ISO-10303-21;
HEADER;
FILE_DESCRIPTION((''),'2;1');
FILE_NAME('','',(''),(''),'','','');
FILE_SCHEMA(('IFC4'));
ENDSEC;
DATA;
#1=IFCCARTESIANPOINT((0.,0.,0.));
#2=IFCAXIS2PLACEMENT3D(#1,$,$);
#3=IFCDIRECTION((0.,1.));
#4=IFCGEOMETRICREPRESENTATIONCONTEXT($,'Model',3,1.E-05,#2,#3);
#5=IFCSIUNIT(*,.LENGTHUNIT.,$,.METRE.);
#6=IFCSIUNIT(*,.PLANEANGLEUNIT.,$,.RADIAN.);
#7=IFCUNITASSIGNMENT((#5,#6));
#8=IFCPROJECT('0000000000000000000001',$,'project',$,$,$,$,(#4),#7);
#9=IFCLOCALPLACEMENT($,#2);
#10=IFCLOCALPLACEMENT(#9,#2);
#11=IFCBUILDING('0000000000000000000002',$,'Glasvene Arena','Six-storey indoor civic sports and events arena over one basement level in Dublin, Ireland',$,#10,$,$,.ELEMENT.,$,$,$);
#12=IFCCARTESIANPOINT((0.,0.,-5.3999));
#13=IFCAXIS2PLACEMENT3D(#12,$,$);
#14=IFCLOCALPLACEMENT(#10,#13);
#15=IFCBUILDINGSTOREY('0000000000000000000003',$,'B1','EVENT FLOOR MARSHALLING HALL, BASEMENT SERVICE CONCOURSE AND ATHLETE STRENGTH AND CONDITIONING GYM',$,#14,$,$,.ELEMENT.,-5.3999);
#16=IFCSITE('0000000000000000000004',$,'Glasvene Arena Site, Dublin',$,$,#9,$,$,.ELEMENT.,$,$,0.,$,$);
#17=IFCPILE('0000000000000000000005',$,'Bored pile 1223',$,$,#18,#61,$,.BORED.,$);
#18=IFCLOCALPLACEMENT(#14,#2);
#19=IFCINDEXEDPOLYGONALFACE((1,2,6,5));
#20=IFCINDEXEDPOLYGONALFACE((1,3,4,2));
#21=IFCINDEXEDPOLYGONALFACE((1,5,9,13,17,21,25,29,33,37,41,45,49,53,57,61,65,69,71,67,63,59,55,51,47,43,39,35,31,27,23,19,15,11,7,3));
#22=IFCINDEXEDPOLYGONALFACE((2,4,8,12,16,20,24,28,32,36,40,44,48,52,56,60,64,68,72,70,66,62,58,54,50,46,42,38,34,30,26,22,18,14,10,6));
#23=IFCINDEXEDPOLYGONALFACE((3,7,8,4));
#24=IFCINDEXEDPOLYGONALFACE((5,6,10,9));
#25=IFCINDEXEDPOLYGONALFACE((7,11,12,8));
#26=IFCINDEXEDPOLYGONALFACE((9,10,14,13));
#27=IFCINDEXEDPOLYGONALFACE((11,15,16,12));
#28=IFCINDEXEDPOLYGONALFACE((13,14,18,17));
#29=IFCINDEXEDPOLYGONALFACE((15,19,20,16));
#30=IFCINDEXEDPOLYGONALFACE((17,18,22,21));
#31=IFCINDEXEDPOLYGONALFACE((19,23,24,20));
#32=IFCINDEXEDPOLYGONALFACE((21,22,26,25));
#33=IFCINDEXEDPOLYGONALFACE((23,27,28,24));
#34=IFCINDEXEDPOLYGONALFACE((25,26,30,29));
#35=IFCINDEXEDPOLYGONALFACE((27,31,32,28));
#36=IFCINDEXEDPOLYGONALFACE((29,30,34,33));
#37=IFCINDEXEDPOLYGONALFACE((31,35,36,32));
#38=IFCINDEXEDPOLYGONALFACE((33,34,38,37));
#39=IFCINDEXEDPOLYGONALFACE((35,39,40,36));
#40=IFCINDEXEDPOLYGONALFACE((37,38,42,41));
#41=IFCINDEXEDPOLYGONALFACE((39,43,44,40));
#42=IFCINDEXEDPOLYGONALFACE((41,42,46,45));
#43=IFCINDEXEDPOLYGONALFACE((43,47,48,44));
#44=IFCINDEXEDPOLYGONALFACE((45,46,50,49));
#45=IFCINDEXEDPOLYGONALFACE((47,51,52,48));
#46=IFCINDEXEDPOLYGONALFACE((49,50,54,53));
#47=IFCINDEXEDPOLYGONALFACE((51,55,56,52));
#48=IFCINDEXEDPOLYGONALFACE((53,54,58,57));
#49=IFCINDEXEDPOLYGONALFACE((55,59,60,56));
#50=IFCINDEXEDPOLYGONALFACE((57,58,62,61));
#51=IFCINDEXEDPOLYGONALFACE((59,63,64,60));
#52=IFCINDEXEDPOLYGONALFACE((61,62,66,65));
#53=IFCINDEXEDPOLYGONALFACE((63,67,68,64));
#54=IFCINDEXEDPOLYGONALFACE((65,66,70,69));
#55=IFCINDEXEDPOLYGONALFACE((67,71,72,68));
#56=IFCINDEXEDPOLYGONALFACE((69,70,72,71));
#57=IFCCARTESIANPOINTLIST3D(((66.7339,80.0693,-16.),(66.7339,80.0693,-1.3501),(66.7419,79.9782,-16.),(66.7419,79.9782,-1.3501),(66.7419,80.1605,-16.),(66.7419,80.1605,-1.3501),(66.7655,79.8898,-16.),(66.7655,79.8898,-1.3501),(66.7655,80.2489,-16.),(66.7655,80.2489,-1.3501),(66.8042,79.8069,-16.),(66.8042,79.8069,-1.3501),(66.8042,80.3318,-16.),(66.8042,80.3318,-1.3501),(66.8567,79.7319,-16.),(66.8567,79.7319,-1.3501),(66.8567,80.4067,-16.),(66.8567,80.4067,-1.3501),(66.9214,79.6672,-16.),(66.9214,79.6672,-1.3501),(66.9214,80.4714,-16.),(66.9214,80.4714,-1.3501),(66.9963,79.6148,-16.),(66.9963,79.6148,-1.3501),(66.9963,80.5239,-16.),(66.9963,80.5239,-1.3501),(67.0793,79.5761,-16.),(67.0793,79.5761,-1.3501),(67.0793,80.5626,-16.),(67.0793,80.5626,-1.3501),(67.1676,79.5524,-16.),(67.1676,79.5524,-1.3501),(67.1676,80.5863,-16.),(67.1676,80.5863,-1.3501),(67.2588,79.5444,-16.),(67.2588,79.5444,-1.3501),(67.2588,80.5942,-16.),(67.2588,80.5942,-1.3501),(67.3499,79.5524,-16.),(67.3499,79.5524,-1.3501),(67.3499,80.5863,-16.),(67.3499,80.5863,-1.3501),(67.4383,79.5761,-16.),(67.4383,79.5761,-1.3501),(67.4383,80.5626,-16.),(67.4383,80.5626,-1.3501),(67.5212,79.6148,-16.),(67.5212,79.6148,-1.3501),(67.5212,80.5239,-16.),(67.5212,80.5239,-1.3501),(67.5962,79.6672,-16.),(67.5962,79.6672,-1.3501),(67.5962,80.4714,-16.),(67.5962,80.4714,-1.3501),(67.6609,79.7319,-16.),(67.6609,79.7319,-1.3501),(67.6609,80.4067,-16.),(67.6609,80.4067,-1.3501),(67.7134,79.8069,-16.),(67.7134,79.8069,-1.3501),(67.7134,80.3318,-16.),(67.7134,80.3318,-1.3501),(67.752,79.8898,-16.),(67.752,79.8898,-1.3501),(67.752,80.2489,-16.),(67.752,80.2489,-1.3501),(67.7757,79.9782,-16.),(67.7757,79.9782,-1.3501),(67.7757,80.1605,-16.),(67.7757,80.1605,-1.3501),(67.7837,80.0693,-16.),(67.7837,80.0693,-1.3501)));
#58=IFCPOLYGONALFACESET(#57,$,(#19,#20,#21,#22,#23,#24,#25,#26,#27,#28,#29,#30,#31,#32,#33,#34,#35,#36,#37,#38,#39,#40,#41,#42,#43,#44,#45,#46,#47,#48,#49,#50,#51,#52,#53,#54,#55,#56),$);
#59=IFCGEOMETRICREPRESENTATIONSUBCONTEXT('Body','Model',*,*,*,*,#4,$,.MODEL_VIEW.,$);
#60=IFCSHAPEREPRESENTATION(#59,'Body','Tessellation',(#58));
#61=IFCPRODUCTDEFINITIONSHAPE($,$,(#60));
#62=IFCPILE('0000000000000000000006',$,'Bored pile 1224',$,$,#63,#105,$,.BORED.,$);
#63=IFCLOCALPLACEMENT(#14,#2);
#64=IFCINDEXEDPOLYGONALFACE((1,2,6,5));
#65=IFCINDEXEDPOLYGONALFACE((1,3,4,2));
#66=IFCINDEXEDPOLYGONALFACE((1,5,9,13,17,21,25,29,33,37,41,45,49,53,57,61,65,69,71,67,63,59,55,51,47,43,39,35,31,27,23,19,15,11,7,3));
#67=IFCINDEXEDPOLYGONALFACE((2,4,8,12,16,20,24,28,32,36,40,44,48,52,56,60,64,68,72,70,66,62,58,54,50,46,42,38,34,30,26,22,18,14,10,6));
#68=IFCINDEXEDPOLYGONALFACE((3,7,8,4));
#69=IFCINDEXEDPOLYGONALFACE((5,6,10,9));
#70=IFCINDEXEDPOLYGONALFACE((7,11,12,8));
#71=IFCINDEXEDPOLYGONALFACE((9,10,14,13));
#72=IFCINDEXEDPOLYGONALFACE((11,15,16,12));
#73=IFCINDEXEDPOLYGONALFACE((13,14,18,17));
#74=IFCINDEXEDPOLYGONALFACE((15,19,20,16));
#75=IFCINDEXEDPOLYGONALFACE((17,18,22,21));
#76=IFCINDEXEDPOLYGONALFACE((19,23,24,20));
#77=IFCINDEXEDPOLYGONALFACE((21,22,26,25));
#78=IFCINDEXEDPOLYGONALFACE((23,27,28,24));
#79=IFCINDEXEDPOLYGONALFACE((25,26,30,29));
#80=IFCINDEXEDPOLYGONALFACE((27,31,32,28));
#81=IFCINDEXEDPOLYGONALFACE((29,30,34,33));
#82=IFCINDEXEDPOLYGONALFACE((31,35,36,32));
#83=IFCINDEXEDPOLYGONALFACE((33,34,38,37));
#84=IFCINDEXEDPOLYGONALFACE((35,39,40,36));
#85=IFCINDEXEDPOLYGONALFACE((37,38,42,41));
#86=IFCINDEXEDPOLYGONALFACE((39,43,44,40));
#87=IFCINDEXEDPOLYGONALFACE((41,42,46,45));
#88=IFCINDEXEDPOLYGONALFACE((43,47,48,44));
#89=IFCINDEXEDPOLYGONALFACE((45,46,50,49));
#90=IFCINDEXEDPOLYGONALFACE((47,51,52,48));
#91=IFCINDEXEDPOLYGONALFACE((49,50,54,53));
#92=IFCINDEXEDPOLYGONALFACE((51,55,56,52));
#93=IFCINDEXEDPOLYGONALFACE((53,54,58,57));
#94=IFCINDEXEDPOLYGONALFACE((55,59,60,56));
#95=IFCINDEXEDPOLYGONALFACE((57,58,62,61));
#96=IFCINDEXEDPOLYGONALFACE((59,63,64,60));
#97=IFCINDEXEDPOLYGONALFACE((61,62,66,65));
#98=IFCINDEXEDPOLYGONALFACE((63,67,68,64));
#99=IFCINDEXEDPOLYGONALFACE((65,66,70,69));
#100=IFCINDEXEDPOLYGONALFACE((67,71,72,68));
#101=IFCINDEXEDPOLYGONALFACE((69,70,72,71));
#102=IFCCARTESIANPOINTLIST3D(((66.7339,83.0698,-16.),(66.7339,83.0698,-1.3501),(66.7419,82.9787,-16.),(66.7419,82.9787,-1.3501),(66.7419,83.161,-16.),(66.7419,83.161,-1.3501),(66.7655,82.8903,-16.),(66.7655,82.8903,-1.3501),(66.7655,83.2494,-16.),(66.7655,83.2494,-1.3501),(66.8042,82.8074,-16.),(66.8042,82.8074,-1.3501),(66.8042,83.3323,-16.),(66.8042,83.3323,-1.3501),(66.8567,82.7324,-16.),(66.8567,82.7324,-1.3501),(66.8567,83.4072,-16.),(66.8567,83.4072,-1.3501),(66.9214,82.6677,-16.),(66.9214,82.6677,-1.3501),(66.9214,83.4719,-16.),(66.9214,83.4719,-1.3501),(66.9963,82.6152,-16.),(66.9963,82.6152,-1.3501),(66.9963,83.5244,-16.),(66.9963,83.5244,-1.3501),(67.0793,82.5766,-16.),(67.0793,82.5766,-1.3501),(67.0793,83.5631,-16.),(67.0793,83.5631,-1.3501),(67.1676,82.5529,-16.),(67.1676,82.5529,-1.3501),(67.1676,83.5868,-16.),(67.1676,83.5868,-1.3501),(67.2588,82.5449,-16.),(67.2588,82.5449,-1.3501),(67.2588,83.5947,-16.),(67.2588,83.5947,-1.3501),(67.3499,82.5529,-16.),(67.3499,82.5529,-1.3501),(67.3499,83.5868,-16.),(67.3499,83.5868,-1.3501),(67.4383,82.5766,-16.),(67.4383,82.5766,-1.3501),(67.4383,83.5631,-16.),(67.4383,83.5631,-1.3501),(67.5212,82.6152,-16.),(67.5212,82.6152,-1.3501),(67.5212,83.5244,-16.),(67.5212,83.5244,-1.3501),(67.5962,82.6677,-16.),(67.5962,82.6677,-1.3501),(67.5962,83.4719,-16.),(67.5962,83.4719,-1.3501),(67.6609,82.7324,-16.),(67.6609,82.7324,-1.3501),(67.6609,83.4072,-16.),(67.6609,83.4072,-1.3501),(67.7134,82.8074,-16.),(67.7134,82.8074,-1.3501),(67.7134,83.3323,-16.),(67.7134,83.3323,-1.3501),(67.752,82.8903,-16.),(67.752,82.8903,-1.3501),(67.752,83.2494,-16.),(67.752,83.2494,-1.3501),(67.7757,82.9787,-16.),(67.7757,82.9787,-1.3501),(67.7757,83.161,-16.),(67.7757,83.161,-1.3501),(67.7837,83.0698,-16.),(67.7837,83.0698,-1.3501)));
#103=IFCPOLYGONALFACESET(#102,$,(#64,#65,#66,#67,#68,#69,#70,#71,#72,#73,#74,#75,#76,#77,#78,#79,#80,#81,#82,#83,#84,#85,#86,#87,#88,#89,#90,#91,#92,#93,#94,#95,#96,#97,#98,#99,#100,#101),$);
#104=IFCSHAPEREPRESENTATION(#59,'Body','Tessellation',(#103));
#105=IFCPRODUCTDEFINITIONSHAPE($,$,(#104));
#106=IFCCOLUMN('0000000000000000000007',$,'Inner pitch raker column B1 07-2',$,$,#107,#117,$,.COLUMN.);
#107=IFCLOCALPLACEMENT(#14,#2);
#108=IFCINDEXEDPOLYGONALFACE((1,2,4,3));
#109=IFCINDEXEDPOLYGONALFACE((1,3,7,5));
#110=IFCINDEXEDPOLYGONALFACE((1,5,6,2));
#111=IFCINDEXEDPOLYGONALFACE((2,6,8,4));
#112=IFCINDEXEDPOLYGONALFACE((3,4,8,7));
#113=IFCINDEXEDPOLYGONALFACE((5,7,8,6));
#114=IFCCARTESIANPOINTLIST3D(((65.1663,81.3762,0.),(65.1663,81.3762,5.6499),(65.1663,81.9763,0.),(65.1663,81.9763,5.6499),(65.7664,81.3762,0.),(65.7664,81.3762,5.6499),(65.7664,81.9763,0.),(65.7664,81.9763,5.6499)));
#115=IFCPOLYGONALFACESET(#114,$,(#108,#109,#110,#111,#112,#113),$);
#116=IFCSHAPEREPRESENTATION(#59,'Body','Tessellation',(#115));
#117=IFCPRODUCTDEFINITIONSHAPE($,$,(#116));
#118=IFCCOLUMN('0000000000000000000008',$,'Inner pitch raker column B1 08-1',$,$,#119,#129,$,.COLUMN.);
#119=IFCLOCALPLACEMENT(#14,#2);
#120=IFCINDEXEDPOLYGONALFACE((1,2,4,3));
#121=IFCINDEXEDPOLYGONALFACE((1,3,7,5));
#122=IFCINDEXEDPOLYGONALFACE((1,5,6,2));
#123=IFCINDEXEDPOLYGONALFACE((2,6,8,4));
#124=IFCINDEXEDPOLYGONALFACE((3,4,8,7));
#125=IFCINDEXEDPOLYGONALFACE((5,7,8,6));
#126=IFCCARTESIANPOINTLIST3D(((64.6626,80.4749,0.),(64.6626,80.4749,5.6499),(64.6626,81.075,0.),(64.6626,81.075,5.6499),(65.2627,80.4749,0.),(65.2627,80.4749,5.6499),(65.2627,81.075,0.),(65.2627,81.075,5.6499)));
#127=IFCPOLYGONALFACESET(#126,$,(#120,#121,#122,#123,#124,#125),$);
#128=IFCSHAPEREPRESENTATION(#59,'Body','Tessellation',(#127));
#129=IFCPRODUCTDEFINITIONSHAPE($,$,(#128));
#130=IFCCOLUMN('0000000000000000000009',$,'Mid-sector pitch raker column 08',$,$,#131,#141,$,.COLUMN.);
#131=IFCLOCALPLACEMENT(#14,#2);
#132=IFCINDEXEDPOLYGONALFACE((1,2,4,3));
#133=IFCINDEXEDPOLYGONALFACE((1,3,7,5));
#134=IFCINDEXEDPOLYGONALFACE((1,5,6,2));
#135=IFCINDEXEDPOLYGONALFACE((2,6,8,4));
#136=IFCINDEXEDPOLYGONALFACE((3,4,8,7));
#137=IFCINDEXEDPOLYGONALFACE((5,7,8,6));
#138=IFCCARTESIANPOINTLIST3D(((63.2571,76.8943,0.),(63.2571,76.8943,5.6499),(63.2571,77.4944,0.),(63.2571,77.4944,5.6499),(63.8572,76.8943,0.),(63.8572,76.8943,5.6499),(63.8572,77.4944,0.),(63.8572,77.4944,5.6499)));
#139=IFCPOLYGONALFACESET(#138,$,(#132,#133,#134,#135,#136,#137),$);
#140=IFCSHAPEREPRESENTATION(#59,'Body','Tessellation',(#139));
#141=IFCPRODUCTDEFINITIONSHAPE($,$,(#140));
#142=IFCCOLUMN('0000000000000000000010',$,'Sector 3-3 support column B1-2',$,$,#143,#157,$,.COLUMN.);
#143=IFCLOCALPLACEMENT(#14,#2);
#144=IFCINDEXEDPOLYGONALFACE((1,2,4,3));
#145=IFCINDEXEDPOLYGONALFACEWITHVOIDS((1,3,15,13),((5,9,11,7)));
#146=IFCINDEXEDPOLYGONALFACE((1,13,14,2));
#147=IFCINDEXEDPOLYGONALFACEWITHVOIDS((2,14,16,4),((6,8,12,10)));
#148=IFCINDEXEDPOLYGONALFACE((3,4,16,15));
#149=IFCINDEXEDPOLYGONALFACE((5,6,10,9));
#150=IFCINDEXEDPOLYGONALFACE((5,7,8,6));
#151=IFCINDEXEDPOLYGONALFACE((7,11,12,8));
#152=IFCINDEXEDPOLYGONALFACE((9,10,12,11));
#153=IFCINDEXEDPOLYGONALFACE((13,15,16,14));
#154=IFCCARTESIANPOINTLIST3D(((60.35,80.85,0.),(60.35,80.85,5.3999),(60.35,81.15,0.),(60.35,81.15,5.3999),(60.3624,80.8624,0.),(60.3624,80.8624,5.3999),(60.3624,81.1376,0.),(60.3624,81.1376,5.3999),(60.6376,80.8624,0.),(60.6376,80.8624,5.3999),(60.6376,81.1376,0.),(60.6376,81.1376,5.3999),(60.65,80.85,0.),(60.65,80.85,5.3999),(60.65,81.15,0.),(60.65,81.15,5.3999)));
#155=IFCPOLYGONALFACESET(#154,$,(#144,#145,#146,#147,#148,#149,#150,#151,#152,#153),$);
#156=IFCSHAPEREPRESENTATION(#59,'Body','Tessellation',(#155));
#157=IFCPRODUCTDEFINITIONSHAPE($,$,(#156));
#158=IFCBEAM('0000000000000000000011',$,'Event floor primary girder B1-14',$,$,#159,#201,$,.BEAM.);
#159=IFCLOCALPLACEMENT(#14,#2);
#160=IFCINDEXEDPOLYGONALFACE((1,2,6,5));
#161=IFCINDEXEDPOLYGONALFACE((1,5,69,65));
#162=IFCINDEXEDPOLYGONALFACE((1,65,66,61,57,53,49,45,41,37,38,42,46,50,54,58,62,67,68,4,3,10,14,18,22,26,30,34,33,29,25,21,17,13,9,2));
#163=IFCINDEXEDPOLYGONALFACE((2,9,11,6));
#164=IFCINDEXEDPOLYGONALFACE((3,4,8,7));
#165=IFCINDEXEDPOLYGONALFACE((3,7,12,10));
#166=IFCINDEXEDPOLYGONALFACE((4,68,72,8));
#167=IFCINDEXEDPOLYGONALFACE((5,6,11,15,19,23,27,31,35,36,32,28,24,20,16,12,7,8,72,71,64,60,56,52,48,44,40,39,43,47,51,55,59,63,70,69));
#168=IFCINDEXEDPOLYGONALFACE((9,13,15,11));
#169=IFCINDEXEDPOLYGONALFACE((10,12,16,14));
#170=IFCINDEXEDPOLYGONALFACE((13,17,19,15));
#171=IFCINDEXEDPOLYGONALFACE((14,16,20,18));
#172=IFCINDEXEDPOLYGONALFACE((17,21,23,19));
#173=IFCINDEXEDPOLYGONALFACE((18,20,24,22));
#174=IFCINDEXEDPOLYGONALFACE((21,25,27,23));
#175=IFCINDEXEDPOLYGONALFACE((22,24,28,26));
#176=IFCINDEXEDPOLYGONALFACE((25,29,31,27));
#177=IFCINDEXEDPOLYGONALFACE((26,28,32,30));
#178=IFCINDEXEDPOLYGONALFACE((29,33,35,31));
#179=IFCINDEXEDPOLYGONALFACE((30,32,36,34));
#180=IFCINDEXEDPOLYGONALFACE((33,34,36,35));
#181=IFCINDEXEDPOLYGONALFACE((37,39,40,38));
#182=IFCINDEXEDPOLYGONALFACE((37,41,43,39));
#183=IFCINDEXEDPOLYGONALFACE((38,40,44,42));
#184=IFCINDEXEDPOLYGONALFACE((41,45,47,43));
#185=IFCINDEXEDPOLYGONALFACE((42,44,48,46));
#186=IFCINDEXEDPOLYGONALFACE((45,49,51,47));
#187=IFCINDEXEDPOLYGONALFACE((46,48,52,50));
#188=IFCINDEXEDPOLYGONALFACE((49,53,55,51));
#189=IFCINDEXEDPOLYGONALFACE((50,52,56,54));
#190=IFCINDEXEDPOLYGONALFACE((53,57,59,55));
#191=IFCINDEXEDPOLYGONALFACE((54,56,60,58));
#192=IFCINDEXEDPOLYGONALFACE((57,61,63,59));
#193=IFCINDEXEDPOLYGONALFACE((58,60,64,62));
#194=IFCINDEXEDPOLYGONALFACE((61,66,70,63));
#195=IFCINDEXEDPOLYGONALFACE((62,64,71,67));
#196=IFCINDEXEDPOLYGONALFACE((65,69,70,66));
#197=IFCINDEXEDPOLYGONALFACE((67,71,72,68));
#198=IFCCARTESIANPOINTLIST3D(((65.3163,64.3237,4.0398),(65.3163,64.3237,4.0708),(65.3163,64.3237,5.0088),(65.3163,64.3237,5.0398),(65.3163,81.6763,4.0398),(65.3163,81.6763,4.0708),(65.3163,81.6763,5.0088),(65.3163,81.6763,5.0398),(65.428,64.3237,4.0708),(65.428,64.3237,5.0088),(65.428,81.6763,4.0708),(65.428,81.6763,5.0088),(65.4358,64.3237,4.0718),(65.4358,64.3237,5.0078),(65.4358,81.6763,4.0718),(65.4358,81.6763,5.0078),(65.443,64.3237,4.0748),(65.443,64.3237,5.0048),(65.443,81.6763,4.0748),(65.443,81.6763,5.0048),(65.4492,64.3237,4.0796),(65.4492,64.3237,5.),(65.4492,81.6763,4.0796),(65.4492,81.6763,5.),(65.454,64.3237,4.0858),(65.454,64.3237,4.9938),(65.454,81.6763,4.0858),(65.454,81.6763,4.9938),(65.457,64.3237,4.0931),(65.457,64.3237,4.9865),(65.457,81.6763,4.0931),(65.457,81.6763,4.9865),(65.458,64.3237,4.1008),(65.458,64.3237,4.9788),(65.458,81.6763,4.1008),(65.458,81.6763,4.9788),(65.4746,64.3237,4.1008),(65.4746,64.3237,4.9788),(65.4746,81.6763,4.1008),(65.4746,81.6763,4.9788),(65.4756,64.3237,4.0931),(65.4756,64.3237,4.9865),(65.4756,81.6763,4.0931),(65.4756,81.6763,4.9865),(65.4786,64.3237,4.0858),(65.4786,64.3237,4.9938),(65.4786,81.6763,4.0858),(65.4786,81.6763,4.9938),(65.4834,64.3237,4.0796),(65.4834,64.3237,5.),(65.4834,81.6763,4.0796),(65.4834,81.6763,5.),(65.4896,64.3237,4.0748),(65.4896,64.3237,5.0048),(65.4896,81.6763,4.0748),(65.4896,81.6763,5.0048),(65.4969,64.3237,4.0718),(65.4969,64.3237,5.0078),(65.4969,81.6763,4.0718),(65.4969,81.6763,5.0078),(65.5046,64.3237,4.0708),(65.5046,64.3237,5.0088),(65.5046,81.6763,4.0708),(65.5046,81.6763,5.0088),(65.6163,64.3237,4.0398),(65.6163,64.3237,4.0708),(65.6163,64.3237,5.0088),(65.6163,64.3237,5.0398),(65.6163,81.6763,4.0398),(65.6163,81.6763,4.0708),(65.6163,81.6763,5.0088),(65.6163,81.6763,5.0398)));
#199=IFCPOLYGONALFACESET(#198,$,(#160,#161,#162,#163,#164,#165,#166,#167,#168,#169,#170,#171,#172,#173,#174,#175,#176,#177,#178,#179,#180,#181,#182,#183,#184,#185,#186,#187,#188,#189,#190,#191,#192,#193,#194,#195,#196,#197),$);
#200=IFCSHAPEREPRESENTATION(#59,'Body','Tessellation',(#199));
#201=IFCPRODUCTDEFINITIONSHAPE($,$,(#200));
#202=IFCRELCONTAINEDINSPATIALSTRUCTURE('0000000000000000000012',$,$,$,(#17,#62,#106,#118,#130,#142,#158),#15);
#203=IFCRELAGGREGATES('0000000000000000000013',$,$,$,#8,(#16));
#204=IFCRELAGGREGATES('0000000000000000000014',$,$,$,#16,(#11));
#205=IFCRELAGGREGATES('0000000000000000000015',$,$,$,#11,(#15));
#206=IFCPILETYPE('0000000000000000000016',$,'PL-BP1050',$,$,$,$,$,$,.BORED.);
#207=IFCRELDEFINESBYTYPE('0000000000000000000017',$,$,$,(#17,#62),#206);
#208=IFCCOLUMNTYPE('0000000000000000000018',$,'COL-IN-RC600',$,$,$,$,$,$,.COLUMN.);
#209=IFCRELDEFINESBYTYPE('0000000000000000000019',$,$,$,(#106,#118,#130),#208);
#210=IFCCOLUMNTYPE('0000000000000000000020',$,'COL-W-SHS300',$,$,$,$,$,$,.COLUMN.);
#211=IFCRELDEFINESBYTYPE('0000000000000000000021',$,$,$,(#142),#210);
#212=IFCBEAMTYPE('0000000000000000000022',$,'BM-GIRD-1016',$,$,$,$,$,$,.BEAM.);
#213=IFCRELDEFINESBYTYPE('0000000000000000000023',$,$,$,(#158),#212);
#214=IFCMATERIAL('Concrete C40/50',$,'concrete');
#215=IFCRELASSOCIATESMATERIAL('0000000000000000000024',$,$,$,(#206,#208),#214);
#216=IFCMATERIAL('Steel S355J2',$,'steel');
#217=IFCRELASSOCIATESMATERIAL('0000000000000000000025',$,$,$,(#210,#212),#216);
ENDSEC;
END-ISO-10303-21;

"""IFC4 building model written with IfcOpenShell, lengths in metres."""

from ifc_helpers import new_model, si_unit, direction, frame, origin, origin_2d, place, context, subcontext, project, spatial, rectangle, hollow_rectangle, circle, i_section, extrude, material, material_profile, profile_set, type_object, element, save


model = new_model("IFC4")

# Units and contexts
model_context = context("Model", 3, precision=1e-05, world=origin(), true_north=direction((0.0, 1.0)))
body_context = subcontext(model_context, "Body", "Model", "MODEL_VIEW")
ifc_project = project(units=[si_unit("LENGTHUNIT", "METRE"), si_unit("PLANEANGLEUNIT", "RADIAN")], contexts=[model_context])

# Site, building, storey
site_placement = place(None, origin())
site = spatial("IfcSite", under=ifc_project, at=site_placement, Name="Glasvene Arena Site, Dublin", CompositionType="ELEMENT", RefElevation=0.0)
building_placement = place(site_placement, origin())
building = spatial("IfcBuilding", under=site, at=building_placement, Name="Glasvene Arena", Description="Six-storey indoor civic sports and events arena over one basement level in Dublin, Ireland", CompositionType="ELEMENT")
storey_placement = place(building_placement, frame((0.0, 0.0, -5.3999)))
storey = spatial("IfcBuildingStorey", under=building, at=storey_placement, Name="B1", Description="EVENT FLOOR MARSHALLING HALL, BASEMENT SERVICE CONCOURSE AND ATHLETE STRENGTH AND CONDITIONING GYM", CompositionType="ELEMENT", Elevation=-5.3999)

# Piles
ifc_material_1 = material(Name="Concrete C40/50", Category="concrete")
ifc_material_profile_1 = material_profile(ifc_material_1, circle(Radius=0.5249, at=origin_2d()), Name="BORED PILE 1050")
ifc_profile_set_1 = profile_set([ifc_material_profile_1], Name="Concrete C40/50")
pile_type = type_object("IfcPileType", Name="PL-BP1050", PredefinedType="BORED", material=ifc_profile_set_1)
for number, where, z_axis, x_axis, name in (
    (1, (67.2588, 80.0693, -1.3501), (0.0, 0.0, -1.0), (1.0, 0.0, 0.0), "Bored pile 1223"),
    (2, (67.2588, 83.0698, -1.3501), (0.0, 0.0, -1.0), (1.0, 0.0, 0.0), "Bored pile 1224"),
):
    element("IfcPile", number, at=place(storey_placement, frame(where, z_axis=z_axis, x_axis=x_axis)), inside=storey, type_object=pile_type, Name=name, PredefinedType="BORED", context=body_context, shape_type="SweptSolid", body=[
        extrude(circle(Radius=0.5249, at=origin_2d()), origin(), (0.0, 0.0, 1.0), 14.6499),
    ])

# Columns
ifc_material_profile_2 = material_profile(ifc_material_1, rectangle(XDim=0.6001, YDim=0.6001, at=origin_2d()), Name="RC 600x600")
ifc_profile_set_2 = profile_set([ifc_material_profile_2], Name="Concrete C40/50")
column_type_1 = type_object("IfcColumnType", Name="COL-IN-RC600", PredefinedType="COLUMN", material=ifc_profile_set_2)
for number, where, z_axis, x_axis, name in (
    (3, (65.4663, 81.6763, 0.0), (0.0, 0.0, 1.0), (1.0, 0.0, 0.0), "Inner pitch raker column B1 07-2"),
    (4, (64.9626, 80.7749, 0.0), (0.0, 0.0, 1.0), (1.0, 0.0, 0.0), "Inner pitch raker column B1 08-1"),
    (5, (63.5571, 77.1943, 0.0), (0.0, 0.0, 1.0), (1.0, 0.0, 0.0), "Mid-sector pitch raker column 08"),
):
    element("IfcColumn", number, at=place(storey_placement, frame(where, z_axis=z_axis, x_axis=x_axis)), inside=storey, type_object=column_type_1, Name=name, PredefinedType="COLUMN", context=body_context, shape_type="SweptSolid", body=[
        extrude(rectangle(XDim=0.6001, YDim=0.6001, at=origin_2d()), origin(), (0.0, 0.0, 1.0), 5.6499),
    ])
ifc_material_2 = material(Name="Steel S355J2", Category="steel")
ifc_material_profile_3 = material_profile(ifc_material_2, hollow_rectangle(XDim=0.3, YDim=0.3, WallThickness=0.0125, at=origin_2d()), Name="SHS 300x300x12.5")
ifc_profile_set_3 = profile_set([ifc_material_profile_3], Name="Steel S355J2")
column_type_2 = type_object("IfcColumnType", Name="COL-W-SHS300", PredefinedType="COLUMN", material=ifc_profile_set_3)
column_placement = place(storey_placement, frame((60.5, 81.0, 0.0), z_axis=(0.0, 0.0, 1.0), x_axis=(1.0, 0.0, 0.0)))
element("IfcColumn", 6, at=column_placement, inside=storey, type_object=column_type_2, Name="Sector 3-3 support column B1-2", PredefinedType="COLUMN", context=body_context, shape_type="SweptSolid", body=[
    extrude(hollow_rectangle(XDim=0.3, YDim=0.3, WallThickness=0.0125, at=origin_2d()), origin(), (0.0, 0.0, 1.0), 5.3999),
])

# Beam
ifc_material_profile_4 = material_profile(ifc_material_2, i_section(OverallWidth=0.3, OverallDepth=1.0, WebThickness=0.0166, FlangeThickness=0.031, FilletRadius=0.03, at=origin_2d()), Name="UKB 1016x305x272")
ifc_profile_set_4 = profile_set([ifc_material_profile_4], Name="Steel S355J2")
beam_type_1 = type_object("IfcBeamType", Name="BM-GIRD-1016", PredefinedType="BEAM", material=ifc_profile_set_4)
beam_1_placement = place(storey_placement, frame((65.4663, 81.6763, 4.5398), z_axis=(0.0, -1.0, 0.0), x_axis=(1.0, 0.0, 0.0)))
element("IfcBeam", 7, at=beam_1_placement, inside=storey, type_object=beam_type_1, Name="Event floor primary girder B1-14", PredefinedType="BEAM", context=body_context, shape_type="SweptSolid", body=[
    extrude(i_section(OverallWidth=0.3, OverallDepth=1.0, WebThickness=0.0166, FlangeThickness=0.031, FilletRadius=0.03, at=origin_2d()), origin(), (0.0, 0.0, 1.0), 17.3525),
])

save(model, "model.ifc")
